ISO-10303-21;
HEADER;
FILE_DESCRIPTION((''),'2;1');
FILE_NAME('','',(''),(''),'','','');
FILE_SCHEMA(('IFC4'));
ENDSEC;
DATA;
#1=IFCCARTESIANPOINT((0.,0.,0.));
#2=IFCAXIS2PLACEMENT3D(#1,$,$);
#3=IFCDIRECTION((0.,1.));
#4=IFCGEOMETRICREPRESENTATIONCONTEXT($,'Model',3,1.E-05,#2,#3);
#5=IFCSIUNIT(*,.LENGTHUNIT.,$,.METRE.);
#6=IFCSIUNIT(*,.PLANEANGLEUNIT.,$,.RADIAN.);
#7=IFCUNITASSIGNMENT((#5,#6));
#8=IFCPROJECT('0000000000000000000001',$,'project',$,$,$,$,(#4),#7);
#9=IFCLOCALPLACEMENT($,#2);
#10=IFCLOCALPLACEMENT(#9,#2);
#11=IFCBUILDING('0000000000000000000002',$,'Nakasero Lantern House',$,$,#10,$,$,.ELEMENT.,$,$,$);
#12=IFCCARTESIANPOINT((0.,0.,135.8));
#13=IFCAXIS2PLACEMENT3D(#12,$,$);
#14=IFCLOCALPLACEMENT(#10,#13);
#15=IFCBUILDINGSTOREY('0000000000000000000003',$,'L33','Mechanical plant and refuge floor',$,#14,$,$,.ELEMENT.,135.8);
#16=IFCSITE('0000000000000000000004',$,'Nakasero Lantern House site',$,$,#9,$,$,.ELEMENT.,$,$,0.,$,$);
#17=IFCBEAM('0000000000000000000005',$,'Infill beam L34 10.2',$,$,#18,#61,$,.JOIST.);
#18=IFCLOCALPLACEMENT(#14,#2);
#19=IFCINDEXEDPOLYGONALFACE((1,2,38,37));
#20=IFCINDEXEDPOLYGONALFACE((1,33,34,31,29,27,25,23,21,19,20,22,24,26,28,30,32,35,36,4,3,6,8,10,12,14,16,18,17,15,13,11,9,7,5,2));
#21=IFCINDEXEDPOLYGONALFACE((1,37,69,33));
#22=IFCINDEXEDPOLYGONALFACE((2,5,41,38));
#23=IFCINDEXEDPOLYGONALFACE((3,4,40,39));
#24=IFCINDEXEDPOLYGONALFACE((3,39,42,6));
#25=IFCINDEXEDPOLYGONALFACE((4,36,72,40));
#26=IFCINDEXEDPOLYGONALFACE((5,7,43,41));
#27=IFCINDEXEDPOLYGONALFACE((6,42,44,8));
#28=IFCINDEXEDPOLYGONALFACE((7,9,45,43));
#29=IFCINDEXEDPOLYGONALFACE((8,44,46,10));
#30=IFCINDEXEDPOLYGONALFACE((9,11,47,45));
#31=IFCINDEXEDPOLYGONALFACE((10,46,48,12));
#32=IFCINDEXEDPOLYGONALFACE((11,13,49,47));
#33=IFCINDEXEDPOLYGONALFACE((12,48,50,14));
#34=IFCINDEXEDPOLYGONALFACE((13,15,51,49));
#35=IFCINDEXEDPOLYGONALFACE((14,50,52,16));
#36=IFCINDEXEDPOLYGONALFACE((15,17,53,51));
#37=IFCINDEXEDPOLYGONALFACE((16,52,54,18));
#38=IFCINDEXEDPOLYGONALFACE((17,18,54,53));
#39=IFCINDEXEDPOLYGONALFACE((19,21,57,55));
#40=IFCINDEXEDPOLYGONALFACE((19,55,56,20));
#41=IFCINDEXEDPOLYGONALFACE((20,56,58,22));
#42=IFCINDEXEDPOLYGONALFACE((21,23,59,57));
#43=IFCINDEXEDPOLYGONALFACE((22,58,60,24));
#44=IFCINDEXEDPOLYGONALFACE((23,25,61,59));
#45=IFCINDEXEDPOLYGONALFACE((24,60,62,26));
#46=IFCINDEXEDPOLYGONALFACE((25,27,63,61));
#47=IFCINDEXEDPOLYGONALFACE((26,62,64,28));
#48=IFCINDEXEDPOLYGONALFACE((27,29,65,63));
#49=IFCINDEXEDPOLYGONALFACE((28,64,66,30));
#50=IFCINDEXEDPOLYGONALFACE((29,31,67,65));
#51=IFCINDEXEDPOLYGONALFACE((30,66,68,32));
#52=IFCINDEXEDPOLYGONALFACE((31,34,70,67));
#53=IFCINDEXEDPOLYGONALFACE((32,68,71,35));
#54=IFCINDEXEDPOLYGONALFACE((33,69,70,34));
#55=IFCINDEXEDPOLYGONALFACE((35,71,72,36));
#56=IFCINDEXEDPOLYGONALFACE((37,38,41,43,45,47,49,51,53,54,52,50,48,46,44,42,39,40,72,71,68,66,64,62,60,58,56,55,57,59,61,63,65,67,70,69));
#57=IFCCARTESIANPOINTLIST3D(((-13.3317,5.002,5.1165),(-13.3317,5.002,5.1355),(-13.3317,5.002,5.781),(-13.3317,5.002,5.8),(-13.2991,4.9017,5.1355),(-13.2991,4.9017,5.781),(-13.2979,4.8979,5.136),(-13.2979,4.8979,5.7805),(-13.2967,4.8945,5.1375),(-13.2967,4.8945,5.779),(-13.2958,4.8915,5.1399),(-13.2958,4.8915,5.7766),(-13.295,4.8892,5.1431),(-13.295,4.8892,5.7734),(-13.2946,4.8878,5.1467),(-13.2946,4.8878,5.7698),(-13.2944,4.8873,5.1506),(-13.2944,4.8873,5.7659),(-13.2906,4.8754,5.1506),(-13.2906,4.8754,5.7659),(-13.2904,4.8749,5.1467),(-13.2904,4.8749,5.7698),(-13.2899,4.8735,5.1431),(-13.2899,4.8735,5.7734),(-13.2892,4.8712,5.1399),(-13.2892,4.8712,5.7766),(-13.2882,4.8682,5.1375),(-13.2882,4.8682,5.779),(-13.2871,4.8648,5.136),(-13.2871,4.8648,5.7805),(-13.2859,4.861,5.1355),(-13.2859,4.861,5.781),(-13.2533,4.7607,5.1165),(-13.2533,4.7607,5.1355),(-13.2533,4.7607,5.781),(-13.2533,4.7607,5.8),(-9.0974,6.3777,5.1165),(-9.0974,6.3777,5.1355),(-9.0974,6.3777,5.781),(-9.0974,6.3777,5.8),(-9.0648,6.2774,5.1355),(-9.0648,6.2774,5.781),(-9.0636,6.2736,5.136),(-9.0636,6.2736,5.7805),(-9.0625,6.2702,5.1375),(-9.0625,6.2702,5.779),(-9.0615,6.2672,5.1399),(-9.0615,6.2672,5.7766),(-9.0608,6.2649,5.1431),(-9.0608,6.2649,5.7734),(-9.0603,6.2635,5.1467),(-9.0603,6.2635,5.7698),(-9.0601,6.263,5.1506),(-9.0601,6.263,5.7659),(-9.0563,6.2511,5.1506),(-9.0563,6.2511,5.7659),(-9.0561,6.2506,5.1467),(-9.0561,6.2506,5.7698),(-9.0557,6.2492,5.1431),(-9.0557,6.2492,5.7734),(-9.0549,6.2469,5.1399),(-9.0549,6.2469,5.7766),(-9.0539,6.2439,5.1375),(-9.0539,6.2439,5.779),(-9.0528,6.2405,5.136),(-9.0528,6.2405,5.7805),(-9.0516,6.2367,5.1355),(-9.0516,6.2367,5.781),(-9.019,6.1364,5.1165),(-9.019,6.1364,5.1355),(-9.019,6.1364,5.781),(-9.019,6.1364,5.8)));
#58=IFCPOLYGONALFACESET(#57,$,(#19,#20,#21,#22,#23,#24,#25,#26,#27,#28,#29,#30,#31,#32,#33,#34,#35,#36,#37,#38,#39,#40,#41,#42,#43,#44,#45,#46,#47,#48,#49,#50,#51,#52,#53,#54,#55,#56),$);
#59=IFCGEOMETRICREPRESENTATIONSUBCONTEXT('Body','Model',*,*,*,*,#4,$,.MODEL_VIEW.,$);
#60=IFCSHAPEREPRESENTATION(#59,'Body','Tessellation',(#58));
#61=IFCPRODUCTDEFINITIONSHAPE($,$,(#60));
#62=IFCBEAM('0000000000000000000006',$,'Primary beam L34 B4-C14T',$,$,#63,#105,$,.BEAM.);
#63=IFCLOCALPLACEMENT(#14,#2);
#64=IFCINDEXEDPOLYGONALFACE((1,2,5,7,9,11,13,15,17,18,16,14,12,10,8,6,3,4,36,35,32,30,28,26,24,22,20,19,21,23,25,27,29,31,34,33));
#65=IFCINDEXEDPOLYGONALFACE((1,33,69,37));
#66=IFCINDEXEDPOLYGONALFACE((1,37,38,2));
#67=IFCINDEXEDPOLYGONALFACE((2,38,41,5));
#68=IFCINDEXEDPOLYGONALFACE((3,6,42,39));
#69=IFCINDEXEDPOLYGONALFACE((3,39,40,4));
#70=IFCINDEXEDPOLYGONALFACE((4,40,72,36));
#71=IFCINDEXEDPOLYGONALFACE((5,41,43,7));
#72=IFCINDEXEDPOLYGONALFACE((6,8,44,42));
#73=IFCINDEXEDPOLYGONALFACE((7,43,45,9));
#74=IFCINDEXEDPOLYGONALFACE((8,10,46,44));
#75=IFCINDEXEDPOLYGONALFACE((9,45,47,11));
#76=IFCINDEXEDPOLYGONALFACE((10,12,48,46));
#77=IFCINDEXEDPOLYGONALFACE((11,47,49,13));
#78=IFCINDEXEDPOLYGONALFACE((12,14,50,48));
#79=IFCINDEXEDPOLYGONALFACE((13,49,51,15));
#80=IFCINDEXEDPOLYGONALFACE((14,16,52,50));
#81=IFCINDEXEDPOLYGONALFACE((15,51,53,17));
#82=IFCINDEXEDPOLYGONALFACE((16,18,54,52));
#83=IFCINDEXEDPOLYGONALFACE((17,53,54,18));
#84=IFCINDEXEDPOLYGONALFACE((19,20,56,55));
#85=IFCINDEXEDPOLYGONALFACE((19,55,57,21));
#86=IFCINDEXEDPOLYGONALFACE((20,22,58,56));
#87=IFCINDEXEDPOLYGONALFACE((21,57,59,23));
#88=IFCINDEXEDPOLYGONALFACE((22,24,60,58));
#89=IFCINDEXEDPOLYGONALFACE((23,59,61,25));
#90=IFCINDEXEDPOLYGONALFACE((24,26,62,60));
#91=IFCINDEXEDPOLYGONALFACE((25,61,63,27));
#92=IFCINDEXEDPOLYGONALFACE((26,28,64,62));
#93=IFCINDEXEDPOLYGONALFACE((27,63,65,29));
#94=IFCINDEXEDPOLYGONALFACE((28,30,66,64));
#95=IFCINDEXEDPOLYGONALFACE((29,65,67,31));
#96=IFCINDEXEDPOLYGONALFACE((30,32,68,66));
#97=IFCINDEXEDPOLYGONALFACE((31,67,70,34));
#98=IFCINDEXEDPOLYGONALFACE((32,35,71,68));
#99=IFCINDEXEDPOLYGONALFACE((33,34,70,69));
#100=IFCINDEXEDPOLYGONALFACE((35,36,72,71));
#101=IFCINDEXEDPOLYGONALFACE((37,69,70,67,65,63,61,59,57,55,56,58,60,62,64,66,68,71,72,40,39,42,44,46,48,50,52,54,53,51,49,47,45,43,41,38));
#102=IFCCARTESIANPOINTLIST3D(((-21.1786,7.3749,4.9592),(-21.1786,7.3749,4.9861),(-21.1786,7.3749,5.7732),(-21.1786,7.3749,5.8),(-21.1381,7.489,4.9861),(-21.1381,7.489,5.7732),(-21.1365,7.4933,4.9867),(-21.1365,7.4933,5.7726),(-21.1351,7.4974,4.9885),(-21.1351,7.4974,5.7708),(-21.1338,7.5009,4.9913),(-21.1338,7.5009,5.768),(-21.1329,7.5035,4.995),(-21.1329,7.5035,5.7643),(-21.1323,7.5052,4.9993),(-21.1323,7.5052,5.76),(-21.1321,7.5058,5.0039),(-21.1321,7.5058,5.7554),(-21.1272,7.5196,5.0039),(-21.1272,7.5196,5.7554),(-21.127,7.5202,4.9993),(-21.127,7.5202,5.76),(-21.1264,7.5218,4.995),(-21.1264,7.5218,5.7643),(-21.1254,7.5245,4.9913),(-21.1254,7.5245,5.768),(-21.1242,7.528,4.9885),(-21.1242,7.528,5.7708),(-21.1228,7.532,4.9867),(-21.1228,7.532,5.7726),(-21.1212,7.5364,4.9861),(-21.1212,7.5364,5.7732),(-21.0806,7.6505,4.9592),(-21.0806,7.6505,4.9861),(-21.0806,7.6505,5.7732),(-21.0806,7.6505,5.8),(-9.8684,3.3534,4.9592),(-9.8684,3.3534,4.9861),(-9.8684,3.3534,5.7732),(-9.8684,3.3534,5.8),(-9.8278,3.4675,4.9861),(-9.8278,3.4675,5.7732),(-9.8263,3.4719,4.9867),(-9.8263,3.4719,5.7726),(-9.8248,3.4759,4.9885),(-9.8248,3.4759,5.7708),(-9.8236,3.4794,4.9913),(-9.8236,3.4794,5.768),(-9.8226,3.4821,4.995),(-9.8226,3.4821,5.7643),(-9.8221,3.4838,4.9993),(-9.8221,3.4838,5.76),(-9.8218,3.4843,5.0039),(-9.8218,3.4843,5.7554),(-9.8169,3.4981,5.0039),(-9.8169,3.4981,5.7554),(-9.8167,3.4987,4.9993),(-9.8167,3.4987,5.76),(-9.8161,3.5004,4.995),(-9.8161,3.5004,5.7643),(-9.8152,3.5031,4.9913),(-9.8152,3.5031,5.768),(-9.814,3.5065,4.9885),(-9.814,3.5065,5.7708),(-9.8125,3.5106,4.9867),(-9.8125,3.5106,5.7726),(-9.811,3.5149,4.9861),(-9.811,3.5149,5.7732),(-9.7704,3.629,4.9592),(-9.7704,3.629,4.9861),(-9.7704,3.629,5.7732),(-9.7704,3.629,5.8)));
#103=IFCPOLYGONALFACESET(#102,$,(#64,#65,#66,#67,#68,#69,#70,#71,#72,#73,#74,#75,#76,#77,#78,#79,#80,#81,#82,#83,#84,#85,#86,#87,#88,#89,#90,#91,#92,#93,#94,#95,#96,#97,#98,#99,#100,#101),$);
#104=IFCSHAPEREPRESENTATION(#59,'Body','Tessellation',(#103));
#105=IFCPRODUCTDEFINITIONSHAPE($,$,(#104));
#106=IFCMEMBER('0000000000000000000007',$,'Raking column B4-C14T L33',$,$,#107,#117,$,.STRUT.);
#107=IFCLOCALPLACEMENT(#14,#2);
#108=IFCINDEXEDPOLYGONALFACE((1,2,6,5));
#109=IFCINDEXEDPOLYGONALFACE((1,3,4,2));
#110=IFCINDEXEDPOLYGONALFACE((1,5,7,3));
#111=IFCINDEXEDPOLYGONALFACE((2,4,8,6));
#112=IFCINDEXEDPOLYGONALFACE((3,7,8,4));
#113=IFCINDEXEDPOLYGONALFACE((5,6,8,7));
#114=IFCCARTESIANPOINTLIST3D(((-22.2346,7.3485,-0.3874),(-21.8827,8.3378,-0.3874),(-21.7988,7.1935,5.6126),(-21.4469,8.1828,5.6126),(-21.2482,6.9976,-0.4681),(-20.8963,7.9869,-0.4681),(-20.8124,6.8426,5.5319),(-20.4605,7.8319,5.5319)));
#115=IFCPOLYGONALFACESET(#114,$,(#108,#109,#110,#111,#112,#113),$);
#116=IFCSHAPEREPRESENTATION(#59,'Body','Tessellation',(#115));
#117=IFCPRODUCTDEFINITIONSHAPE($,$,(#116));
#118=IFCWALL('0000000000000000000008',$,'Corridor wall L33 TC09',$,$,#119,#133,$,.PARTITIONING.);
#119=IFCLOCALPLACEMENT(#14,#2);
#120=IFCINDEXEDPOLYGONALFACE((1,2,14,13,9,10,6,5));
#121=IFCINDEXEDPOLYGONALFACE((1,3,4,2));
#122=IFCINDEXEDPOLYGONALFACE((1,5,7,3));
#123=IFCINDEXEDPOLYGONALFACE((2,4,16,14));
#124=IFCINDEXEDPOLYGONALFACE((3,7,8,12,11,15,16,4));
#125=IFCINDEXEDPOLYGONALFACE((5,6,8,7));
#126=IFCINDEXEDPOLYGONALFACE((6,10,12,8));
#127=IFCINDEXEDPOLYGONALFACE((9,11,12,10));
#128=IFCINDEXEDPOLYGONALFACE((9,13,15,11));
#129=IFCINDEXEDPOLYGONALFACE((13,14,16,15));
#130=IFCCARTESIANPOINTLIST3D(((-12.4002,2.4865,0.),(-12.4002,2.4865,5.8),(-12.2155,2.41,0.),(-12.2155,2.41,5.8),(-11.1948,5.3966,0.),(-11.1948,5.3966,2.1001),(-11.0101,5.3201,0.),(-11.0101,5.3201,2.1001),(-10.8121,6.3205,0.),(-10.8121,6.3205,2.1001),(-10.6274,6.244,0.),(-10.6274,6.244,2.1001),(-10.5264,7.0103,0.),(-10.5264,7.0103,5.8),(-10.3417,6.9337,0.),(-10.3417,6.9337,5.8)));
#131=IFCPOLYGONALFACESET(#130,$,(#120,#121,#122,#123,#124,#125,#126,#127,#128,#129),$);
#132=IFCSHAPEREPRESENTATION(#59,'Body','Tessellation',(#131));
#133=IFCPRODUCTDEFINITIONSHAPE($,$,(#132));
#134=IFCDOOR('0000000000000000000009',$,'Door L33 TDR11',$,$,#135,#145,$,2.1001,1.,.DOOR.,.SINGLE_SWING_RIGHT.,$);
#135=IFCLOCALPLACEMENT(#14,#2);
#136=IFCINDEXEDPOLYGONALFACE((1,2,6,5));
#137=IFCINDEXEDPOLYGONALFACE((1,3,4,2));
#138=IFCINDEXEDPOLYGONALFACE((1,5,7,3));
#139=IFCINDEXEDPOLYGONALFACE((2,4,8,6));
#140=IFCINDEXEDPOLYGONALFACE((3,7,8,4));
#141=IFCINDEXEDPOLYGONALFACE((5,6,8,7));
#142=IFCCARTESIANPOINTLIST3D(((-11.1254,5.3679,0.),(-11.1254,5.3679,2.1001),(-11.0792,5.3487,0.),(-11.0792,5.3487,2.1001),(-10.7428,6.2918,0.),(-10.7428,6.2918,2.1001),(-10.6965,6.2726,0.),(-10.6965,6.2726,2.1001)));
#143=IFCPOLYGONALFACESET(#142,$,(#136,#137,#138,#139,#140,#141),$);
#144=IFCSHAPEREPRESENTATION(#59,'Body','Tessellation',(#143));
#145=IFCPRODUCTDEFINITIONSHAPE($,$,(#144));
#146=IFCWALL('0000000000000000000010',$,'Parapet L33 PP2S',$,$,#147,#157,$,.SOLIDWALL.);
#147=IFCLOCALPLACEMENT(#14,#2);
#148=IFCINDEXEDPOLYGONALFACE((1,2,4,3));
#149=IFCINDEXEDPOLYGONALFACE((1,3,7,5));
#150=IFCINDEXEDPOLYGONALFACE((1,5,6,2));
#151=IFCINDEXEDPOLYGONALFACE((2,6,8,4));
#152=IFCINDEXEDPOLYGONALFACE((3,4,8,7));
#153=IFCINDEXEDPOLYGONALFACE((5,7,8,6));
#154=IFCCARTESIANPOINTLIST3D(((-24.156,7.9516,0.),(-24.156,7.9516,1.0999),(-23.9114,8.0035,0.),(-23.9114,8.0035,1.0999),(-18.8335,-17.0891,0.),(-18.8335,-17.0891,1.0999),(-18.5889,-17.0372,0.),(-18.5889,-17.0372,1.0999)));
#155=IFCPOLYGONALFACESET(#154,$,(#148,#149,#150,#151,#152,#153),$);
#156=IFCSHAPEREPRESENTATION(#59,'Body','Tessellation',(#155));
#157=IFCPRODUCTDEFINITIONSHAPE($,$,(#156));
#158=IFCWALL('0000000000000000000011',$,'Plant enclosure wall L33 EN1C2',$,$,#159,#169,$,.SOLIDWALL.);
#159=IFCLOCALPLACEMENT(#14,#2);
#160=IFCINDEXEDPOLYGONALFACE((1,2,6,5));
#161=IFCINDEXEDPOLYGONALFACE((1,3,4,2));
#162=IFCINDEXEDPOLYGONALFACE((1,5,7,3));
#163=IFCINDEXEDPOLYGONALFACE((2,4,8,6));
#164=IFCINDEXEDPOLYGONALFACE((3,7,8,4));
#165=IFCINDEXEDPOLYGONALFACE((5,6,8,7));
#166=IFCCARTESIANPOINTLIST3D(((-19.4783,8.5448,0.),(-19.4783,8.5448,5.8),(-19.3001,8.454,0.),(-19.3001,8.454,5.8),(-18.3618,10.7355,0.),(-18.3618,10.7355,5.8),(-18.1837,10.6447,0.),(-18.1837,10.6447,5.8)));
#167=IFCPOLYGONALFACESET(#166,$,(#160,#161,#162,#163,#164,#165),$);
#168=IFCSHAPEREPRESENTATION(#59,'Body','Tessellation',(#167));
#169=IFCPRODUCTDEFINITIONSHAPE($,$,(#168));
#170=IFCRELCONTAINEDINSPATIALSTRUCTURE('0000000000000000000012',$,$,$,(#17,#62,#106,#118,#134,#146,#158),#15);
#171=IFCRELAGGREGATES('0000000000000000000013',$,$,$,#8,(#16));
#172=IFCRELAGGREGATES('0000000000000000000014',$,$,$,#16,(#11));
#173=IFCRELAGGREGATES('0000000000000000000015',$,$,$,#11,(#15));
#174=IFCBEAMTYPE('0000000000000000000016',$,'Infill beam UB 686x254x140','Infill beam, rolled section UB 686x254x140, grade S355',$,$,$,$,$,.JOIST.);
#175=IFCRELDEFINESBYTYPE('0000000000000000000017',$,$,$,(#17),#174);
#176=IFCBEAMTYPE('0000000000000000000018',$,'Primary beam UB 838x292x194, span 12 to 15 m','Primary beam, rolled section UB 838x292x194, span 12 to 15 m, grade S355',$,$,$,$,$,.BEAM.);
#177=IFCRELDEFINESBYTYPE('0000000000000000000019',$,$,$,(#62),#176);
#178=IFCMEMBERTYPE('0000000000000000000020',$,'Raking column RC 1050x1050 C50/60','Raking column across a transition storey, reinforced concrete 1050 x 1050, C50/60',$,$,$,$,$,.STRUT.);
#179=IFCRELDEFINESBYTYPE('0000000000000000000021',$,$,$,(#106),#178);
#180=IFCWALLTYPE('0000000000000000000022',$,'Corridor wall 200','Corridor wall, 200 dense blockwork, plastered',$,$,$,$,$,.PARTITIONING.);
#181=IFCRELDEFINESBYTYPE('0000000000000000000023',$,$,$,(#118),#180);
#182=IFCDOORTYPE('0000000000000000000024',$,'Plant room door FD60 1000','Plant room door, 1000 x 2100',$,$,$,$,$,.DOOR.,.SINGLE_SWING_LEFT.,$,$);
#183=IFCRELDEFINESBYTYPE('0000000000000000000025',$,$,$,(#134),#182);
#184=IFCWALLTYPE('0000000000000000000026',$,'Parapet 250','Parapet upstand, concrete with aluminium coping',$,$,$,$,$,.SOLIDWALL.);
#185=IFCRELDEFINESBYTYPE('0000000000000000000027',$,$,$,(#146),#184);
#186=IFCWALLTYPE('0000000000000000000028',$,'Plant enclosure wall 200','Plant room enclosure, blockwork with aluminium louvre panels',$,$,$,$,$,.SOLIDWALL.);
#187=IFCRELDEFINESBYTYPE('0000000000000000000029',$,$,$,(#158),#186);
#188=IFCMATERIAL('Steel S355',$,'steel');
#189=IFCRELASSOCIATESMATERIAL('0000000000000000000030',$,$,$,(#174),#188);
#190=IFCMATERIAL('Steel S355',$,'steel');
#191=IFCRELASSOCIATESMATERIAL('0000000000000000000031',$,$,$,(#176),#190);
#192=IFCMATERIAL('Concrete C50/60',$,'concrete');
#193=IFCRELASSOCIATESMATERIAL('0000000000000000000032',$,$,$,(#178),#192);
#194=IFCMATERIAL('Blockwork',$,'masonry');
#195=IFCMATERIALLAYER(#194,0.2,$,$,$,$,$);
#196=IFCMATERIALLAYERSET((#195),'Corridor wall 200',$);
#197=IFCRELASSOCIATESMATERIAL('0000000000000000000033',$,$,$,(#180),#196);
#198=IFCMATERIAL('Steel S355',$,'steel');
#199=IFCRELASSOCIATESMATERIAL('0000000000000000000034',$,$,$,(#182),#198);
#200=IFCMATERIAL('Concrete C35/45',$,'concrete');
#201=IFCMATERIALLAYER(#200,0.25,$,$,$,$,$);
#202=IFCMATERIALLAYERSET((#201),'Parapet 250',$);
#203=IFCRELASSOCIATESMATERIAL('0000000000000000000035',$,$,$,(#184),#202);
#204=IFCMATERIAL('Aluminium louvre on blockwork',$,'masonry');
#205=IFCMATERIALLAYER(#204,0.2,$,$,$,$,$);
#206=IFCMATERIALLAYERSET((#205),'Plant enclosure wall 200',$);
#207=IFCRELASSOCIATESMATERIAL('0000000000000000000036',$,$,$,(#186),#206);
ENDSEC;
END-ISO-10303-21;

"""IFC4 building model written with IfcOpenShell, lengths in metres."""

from ifc_helpers import new_model, si_unit, direction, frame, frame_2d, origin, origin_2d, place, context, subcontext, project, spatial, rectangle, i_section, extrude, material, layer, layer_set, material_profile, profile_set, type_object, element, fill, save


model = new_model("IFC4")

# Units and contexts
model_context = context("Model", 3, precision=1e-05, world=origin(), true_north=direction((0.0, 1.0)))
body_context = subcontext(model_context, "Body", "Model", "MODEL_VIEW")
ifc_project = project(units=[si_unit("LENGTHUNIT", "METRE"), si_unit("PLANEANGLEUNIT", "RADIAN")], contexts=[model_context])

# Site, building, storey
site_placement = place(None, origin())
site = spatial("IfcSite", under=ifc_project, at=site_placement, Name="Nakasero Lantern House site", CompositionType="ELEMENT", RefElevation=0.0)
building_placement = place(site_placement, origin())
building = spatial("IfcBuilding", under=site, at=building_placement, Name="Nakasero Lantern House", CompositionType="ELEMENT")
storey_placement = place(building_placement, frame((0.0, 0.0, 135.8)))
storey = spatial("IfcBuildingStorey", under=building, at=storey_placement, Name="L33", Description="Mechanical plant and refuge floor", CompositionType="ELEMENT", Elevation=135.8)

# Beams
ifc_material_1 = material(Name="Steel S355", Category="steel")
ifc_material_profile_1 = material_profile(ifc_material_1, i_section(OverallWidth=0.2537, OverallDepth=0.6836, WebThickness=0.0125, FlangeThickness=0.019, FilletRadius=0.0151, at=origin_2d()), Name="UB 686x254x140")
ifc_profile_set_1 = profile_set([ifc_material_profile_1], Name="Steel S355")
beam_type_1 = type_object("IfcBeamType", Name="Infill beam UB 686x254x140", Description="Infill beam, rolled section UB 686x254x140, grade S355", PredefinedType="JOIST", material=ifc_profile_set_1)
beam_1_placement = place(storey_placement, frame((-13.2925, 4.8813, 5.4583), z_axis=(0.951063, 0.308997, 0.0), x_axis=(-0.308997, 0.951063, 0.0)))
element("IfcBeam", 1, at=beam_1_placement, inside=storey, type_object=beam_type_1, Name="Infill beam L34 10.2", PredefinedType="JOIST", context=body_context, shape_type="SweptSolid", body=[
    extrude(i_section(OverallWidth=0.2537, OverallDepth=0.6836, WebThickness=0.0125, FlangeThickness=0.019, FilletRadius=0.0151, at=origin_2d()), origin(), (0.0, 0.0, 1.0), 4.4521),
])
ifc_material_2 = material(Name="Steel S355", Category="steel")
ifc_material_profile_2 = material_profile(ifc_material_2, i_section(OverallWidth=0.2925, OverallDepth=0.8408, WebThickness=0.0146, FlangeThickness=0.0269, FilletRadius=0.0178, at=origin_2d()), Name="UB 838x292x194")
ifc_profile_set_2 = profile_set([ifc_material_profile_2], Name="Steel S355")
beam_type_2 = type_object("IfcBeamType", Name="Primary beam UB 838x292x194, span 12 to 15 m", Description="Primary beam, rolled section UB 838x292x194, span 12 to 15 m, grade S355", PredefinedType="BEAM", material=ifc_profile_set_2)
beam_2_placement = place(storey_placement, frame((-21.1296, 7.5127, 5.3796), z_axis=(0.942214, -0.335013, 0.0), x_axis=(0.335013, 0.942214, 0.0)))
element("IfcBeam", 2, at=beam_2_placement, inside=storey, type_object=beam_type_2, Name="Primary beam L34 B4-C14T", PredefinedType="BEAM", context=body_context, shape_type="SweptSolid", body=[
    extrude(i_section(OverallWidth=0.2925, OverallDepth=0.8408, WebThickness=0.0146, FlangeThickness=0.0269, FilletRadius=0.0178, at=origin_2d()), origin(), (0.0, 0.0, 1.0), 12.0039),
])

# Member
ifc_material_3 = material(Name="Concrete C50/60", Category="concrete")
ifc_material_profile_3 = material_profile(ifc_material_3, rectangle(XDim=1.05, YDim=1.05, at=origin_2d()), Name="RC 1050x1050")
ifc_profile_set_3 = profile_set([ifc_material_profile_3], Name="Concrete C50/60")
member_type_1 = type_object("IfcMemberType", Name="Raking column RC 1050x1050 C50/60", Description="Raking column across a transition storey, reinforced concrete 1050 x 1050, C50/60", PredefinedType="STRUT", material=ifc_profile_set_3)
member_1_placement = place(storey_placement, frame((-21.5654, 7.6677, -0.4277), z_axis=(0.072417, -0.025762, 0.997042), x_axis=(0.335166, 0.942159, 0.0)))
element("IfcMember", 3, at=member_1_placement, inside=storey, type_object=member_type_1, Name="Raking column B4-C14T L33", PredefinedType="STRUT", context=body_context, shape_type="SweptSolid", body=[
    extrude(rectangle(XDim=1.05, YDim=1.05, at=origin_2d()), origin(), (0.0, 0.0, 1.0), 6.0178),
])

# Wall, opening, door
ifc_material_4 = material(Name="Blockwork", Category="masonry")
ifc_layer_1 = layer(ifc_material_4, 0.2)
ifc_layer_set_1 = layer_set([ifc_layer_1], Name="Corridor wall 200")
wall_type_1 = type_object("IfcWallType", Name="Corridor wall 200", Description="Corridor wall, 200 dense blockwork, plastered", PredefinedType="PARTITIONING", material=ifc_layer_set_1)
wall_1_placement = place(storey_placement, frame((-12.3079, 2.4482, 0.0), z_axis=(0.0, 0.0, 1.0), x_axis=(0.382685, 0.923879, 0.0)))
wall_1 = element("IfcWall", 4, at=wall_1_placement, inside=storey, type_object=wall_type_1, Name="Corridor wall L33 TC09", PredefinedType="PARTITIONING", context=body_context, shape_type="SweptSolid", body=[
    extrude(rectangle(XDim=4.8965, YDim=0.2, at=frame_2d((2.4482, 0.0))), origin(), (0.0, 0.0, 1.0), 5.8),
])
opening_1_placement = place(wall_1_placement, frame((3.1499, 0.0, 0.0)))
opening_1 = element("IfcOpeningElement", 5, at=opening_1_placement, cuts=wall_1, PredefinedType="OPENING", context=body_context, shape_type="SweptSolid", body=[
    extrude(rectangle(XDim=1.0, YDim=2.1001, at=frame_2d((0.5, 1.05))), frame((0.0, 0.1199, 0.0), z_axis=(0.0, -1.0, 0.0), x_axis=(1.0, 0.0, 0.0)), (0.0, 0.0, 1.0), 0.24),
])
ifc_material_5 = material(Name="Steel S355", Category="steel")
door_type_1 = type_object("IfcDoorType", Name="Plant room door FD60 1000", Description="Plant room door, 1000 x 2100", OperationType="SINGLE_SWING_LEFT", PredefinedType="DOOR", material=ifc_material_5)
door_1_placement = place(opening_1_placement, origin())
door_1 = element("IfcDoor", 6, at=door_1_placement, inside=storey, type_object=door_type_1, Name="Door L33 TDR11", OperationType="SINGLE_SWING_RIGHT", OverallHeight=2.1001, OverallWidth=1.0, PredefinedType="DOOR", context=body_context, shape_type="SweptSolid", body=[
    extrude(rectangle(XDim=1.0, YDim=2.1001, at=frame_2d((0.5, 1.05))), frame((0.0, 0.0249, 0.0), z_axis=(0.0, -1.0, 0.0), x_axis=(1.0, 0.0, 0.0)), (0.0, 0.0, 1.0), 0.05),
])
fill(opening_1, door_1)

# Walls
ifc_material_6 = material(Name="Concrete C35/45", Category="concrete")
ifc_layer_2 = layer(ifc_material_6, 0.25)
ifc_layer_set_2 = layer_set([ifc_layer_2], Name="Parapet 250")
wall_type_2 = type_object("IfcWallType", Name="Parapet 250", Description="Parapet upstand, concrete with aluminium coping", PredefinedType="SOLIDWALL", material=ifc_layer_set_2)
wall_2_placement = place(storey_placement, frame((-24.0337, 7.9775, 0.0), z_axis=(0.0, 0.0, 1.0), x_axis=(0.207909, -0.978148, 0.0)))
element("IfcWall", 7, at=wall_2_placement, inside=storey, type_object=wall_type_2, Name="Parapet L33 PP2S", PredefinedType="SOLIDWALL", context=body_context, shape_type="SweptSolid", body=[
    extrude(rectangle(XDim=25.6001, YDim=0.25, at=frame_2d((12.8, 0.0))), origin(), (0.0, 0.0, 1.0), 1.0999),
])
ifc_material_7 = material(Name="Aluminium louvre on blockwork", Category="masonry")
ifc_layer_3 = layer(ifc_material_7, 0.2)
ifc_layer_set_3 = layer_set([ifc_layer_3], Name="Plant enclosure wall 200")
wall_type_3 = type_object("IfcWallType", Name="Plant enclosure wall 200", Description="Plant room enclosure, blockwork with aluminium louvre panels", PredefinedType="SOLIDWALL", material=ifc_layer_set_3)
wall_3_placement = place(storey_placement, frame((-18.2727, 10.6902, 0.0), z_axis=(0.0, 0.0, 1.0), x_axis=(-0.454072, -0.890965, 0.0)))
element("IfcWall", 8, at=wall_3_placement, inside=storey, type_object=wall_type_3, Name="Plant enclosure wall L33 EN1C2", PredefinedType="SOLIDWALL", context=body_context, shape_type="SweptSolid", body=[
    extrude(rectangle(XDim=2.4587, YDim=0.2, at=frame_2d((1.2295, 0.0))), origin(), (0.0, 0.0, 1.0), 5.8),
])

save(model, "model.ifc")
